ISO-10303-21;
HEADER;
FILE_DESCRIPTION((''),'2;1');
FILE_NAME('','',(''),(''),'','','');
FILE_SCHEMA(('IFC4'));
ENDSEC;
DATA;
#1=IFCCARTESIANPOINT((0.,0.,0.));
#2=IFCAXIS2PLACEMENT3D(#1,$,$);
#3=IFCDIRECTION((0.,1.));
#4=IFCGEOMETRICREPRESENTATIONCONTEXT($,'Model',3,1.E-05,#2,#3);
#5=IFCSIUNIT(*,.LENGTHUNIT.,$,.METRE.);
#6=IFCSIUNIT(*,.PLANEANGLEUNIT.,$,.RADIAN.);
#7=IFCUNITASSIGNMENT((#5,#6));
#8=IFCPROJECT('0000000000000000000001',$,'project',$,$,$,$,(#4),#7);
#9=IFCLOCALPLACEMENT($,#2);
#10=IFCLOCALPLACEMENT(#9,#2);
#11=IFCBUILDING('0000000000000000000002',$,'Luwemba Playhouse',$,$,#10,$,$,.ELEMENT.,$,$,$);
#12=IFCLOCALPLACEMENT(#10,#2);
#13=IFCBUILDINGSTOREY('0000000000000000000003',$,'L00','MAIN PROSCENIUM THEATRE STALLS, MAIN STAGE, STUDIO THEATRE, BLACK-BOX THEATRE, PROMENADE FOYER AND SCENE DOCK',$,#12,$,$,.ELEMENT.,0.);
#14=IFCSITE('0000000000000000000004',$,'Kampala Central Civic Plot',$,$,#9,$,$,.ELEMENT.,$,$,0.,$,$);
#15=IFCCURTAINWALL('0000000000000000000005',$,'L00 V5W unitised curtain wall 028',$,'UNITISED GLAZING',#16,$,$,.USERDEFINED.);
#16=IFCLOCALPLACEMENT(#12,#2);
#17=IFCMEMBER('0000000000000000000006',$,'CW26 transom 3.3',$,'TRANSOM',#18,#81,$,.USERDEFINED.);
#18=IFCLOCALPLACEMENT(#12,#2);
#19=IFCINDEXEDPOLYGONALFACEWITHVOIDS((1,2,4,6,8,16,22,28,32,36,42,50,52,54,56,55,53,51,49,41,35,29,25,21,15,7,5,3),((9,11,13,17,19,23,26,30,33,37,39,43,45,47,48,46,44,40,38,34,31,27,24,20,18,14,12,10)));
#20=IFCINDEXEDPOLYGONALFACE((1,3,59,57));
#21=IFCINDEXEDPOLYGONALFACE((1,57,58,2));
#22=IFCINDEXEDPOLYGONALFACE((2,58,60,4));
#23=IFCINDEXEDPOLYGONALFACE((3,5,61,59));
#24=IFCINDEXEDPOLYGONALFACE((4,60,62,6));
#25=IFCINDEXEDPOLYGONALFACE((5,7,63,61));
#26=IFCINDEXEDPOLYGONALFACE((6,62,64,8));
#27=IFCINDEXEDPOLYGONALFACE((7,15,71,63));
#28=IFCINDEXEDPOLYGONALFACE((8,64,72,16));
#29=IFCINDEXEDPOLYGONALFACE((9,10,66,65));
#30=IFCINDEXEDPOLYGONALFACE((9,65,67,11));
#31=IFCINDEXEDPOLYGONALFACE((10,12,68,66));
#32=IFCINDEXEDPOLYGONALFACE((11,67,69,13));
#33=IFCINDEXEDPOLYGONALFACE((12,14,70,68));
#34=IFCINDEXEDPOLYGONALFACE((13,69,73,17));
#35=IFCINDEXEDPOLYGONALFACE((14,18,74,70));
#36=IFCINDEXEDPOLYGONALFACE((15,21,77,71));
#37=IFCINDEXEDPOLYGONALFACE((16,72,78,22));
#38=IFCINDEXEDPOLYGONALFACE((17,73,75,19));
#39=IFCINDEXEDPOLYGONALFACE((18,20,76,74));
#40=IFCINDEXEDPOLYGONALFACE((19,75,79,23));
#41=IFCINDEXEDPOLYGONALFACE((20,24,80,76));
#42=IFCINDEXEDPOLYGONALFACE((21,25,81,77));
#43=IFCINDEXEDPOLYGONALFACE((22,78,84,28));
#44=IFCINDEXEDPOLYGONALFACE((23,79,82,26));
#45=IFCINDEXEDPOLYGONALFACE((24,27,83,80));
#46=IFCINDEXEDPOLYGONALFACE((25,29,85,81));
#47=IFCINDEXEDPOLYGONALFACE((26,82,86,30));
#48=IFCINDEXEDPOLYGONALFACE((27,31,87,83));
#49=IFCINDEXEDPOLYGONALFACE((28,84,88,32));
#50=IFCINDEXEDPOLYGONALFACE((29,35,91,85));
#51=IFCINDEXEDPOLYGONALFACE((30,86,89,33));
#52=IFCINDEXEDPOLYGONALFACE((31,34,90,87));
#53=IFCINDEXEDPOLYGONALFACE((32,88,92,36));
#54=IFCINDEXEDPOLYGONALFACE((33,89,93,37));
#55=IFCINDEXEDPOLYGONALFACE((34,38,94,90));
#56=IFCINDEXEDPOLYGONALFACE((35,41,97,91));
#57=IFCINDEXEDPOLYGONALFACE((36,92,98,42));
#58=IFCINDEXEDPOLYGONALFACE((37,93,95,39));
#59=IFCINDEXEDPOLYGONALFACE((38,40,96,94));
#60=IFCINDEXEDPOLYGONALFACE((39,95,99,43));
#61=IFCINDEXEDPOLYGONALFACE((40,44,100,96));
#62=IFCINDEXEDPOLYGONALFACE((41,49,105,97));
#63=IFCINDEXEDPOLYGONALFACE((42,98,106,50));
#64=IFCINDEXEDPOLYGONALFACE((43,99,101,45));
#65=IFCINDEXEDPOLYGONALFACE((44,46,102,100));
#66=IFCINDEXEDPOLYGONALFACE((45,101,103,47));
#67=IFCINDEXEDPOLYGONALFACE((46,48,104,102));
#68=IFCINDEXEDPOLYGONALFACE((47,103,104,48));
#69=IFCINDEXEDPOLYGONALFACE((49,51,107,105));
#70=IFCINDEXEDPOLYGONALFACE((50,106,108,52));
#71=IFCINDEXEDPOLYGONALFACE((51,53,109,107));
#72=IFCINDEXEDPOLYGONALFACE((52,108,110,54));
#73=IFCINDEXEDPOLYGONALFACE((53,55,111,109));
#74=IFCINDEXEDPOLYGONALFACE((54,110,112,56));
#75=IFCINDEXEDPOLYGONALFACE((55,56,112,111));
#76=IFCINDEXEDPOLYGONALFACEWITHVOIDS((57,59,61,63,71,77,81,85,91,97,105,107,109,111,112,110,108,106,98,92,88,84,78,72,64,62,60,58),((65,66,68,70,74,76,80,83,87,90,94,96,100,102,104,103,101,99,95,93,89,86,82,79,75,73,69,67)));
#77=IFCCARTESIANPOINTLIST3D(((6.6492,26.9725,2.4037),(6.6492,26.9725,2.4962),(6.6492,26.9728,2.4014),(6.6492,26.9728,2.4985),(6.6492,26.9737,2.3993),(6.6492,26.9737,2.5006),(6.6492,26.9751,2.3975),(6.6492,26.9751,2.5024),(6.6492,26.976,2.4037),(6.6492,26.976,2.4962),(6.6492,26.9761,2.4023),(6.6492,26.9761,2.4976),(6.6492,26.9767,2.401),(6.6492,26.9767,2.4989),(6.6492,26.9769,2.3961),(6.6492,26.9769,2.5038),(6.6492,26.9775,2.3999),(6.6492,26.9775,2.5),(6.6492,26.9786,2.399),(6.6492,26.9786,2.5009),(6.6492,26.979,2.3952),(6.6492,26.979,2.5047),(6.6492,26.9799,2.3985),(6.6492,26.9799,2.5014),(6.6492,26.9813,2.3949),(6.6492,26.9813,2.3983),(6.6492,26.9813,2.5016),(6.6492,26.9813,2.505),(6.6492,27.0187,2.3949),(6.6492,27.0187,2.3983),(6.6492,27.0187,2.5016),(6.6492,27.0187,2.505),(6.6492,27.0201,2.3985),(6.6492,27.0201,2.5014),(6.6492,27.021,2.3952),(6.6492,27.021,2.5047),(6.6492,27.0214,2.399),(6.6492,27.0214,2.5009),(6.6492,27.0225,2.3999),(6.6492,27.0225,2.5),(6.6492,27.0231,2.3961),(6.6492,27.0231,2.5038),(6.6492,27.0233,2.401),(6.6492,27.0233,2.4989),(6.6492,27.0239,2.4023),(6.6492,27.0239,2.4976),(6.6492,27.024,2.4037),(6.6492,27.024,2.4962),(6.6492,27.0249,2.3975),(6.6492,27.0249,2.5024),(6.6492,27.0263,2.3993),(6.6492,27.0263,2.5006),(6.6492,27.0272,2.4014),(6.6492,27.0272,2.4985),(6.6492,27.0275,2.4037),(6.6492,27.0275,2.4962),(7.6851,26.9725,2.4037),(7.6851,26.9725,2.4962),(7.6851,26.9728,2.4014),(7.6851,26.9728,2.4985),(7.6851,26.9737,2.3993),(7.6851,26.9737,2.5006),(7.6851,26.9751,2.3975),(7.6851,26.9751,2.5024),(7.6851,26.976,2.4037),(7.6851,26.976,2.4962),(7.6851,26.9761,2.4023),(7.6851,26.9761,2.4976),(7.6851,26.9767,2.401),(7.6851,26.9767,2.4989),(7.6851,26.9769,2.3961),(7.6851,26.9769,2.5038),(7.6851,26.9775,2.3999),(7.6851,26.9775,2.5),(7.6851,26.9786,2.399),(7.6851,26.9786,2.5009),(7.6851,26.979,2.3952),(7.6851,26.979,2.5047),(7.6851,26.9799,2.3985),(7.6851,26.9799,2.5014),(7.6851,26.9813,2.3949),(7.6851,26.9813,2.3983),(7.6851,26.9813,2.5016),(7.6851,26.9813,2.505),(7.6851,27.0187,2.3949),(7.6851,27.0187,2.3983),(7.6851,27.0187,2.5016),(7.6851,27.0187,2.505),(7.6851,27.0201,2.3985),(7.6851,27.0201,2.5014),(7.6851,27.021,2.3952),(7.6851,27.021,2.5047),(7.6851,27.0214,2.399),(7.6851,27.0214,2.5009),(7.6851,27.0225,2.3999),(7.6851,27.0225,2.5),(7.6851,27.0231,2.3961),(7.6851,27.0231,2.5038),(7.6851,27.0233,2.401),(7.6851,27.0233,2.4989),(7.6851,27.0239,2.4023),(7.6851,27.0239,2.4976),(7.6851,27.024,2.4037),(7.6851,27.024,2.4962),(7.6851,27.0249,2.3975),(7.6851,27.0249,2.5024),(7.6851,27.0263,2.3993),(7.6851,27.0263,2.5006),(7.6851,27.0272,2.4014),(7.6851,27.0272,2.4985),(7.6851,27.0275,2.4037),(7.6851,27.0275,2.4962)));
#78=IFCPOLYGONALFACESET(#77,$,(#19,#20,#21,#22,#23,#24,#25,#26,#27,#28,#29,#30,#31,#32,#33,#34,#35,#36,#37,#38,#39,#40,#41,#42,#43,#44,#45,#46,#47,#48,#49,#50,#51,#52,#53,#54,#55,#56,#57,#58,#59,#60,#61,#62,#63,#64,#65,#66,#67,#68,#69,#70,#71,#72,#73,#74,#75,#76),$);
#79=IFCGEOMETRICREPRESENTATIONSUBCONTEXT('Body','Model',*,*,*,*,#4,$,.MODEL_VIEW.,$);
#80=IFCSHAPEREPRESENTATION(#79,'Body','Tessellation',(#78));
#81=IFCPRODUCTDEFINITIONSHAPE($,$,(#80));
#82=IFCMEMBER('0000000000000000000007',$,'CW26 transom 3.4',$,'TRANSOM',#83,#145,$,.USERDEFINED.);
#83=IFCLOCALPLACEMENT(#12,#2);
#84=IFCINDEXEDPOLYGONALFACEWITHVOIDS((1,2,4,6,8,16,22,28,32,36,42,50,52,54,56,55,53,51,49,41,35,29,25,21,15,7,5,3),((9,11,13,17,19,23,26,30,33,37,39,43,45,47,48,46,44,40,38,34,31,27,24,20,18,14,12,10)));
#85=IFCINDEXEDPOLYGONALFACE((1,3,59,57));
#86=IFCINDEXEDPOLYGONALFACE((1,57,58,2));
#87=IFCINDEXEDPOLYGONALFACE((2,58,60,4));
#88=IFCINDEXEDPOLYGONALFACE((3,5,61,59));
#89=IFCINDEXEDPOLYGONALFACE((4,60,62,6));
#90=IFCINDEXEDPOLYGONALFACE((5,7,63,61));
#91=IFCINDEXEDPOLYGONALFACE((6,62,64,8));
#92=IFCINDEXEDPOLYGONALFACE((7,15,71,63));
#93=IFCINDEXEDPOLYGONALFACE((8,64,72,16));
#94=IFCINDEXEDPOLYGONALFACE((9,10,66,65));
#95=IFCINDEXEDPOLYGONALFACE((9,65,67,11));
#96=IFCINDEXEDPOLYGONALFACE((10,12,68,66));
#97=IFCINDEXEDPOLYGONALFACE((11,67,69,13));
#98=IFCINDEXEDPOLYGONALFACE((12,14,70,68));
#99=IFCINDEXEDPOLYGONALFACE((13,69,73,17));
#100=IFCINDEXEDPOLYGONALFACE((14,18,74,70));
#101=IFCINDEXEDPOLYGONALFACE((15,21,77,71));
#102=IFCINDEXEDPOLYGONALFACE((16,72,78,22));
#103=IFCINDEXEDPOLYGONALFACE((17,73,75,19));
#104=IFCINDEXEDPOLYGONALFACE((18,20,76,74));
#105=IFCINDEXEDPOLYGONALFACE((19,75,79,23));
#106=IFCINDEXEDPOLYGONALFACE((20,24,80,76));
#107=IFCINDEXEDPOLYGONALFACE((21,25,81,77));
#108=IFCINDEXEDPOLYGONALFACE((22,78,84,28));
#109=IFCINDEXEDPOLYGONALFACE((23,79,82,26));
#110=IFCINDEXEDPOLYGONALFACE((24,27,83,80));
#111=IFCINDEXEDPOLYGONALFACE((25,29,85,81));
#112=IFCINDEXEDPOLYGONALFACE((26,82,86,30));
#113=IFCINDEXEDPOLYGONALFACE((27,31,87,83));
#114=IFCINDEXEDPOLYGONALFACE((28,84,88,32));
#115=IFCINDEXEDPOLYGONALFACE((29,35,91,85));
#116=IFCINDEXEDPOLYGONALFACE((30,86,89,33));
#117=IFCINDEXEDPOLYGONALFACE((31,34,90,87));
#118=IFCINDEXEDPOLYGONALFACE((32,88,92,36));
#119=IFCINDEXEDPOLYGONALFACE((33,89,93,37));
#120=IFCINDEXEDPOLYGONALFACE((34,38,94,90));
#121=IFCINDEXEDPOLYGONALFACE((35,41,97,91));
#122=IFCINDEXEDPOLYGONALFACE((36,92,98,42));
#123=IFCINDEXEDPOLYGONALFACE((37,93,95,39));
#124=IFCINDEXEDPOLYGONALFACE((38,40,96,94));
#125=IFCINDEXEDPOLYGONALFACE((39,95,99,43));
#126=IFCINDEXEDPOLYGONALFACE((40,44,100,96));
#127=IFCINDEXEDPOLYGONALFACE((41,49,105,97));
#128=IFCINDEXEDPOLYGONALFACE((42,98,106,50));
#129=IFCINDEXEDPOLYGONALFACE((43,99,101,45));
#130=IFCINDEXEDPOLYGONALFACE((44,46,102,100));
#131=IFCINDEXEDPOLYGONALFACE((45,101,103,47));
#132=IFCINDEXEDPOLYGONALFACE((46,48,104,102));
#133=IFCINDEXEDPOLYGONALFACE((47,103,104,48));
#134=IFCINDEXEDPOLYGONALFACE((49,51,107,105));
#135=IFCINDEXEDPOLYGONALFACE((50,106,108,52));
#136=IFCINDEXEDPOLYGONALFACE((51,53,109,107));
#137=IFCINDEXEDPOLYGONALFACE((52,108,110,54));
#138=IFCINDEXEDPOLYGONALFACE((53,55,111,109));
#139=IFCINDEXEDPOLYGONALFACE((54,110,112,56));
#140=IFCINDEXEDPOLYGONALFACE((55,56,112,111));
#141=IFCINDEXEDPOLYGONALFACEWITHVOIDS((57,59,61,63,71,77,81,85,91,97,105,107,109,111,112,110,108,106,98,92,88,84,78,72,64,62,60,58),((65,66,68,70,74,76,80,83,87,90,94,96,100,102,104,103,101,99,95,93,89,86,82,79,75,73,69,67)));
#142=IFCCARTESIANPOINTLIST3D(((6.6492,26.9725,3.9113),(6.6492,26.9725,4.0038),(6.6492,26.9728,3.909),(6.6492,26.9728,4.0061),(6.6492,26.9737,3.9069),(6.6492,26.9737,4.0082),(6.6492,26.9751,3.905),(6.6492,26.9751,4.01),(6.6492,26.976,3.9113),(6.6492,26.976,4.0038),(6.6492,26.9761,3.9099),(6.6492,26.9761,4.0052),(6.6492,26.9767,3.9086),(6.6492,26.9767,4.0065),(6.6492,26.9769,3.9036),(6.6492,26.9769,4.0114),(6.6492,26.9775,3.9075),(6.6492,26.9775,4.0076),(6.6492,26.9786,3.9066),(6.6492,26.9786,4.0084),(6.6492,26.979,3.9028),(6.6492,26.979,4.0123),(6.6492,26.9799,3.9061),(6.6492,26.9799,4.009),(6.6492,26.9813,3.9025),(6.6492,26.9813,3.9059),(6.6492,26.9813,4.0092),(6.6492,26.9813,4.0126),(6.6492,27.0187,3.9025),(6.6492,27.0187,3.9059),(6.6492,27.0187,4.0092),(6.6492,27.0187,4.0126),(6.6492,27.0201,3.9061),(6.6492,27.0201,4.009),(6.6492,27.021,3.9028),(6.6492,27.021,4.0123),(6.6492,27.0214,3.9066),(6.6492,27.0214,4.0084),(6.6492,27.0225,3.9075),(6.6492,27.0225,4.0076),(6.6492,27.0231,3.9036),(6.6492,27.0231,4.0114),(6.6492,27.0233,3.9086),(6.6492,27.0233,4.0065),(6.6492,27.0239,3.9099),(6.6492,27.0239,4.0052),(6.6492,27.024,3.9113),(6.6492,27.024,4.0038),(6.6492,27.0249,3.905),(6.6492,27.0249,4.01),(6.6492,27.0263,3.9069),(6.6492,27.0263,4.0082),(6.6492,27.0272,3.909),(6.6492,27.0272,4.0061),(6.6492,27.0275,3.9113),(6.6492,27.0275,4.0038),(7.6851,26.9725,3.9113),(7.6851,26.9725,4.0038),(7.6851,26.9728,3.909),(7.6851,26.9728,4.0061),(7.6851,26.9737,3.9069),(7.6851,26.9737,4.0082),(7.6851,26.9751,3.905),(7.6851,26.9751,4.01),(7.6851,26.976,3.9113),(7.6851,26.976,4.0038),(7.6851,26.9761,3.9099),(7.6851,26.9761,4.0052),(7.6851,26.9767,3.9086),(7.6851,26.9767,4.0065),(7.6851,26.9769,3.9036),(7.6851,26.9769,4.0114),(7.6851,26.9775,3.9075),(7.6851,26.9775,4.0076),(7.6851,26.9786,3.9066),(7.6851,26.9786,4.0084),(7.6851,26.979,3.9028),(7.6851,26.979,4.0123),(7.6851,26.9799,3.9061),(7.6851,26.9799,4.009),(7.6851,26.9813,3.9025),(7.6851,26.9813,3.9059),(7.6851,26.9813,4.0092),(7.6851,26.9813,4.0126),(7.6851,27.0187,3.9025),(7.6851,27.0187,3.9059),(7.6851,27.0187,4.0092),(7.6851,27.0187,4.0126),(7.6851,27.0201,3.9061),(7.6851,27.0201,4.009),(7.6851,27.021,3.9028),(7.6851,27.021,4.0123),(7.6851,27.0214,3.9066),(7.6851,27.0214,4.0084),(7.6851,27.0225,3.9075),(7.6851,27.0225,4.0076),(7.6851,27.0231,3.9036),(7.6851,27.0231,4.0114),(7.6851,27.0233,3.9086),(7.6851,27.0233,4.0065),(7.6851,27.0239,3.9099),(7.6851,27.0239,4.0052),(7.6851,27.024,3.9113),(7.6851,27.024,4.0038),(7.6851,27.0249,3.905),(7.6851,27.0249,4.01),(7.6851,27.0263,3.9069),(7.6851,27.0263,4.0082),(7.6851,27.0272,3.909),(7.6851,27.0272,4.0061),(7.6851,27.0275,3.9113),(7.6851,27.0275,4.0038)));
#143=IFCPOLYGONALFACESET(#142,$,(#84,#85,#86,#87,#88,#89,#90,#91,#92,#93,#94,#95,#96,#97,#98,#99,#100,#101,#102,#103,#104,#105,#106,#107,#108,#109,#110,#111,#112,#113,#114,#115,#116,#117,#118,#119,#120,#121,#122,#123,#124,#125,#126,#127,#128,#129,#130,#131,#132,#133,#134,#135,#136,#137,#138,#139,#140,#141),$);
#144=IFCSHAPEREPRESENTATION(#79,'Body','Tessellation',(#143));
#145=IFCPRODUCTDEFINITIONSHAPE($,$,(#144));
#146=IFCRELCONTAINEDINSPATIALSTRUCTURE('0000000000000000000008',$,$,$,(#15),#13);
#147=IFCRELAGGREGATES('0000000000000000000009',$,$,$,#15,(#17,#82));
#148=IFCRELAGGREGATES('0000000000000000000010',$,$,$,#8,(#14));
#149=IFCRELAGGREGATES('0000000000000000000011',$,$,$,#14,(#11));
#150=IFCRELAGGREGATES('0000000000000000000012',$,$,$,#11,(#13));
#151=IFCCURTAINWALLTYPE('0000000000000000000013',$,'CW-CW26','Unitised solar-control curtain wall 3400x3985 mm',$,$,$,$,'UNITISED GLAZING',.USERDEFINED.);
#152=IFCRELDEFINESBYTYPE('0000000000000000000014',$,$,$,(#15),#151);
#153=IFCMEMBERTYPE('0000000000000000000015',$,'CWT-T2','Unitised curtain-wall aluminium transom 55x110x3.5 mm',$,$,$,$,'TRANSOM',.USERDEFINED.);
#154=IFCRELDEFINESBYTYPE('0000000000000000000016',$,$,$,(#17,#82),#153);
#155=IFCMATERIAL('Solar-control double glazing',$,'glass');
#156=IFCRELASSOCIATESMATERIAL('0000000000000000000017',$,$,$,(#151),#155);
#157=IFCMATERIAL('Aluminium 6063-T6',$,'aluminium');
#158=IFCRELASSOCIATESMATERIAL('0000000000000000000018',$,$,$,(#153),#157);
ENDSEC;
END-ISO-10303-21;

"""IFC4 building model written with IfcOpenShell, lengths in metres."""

from ifc_helpers import new_model, si_unit, direction, frame, origin, origin_2d, place, context, subcontext, project, spatial, hollow_rectangle, extrude, material, material_profile, profile_set, type_object, element, aggregate, save


model = new_model("IFC4")

# Units and contexts
model_context = context("Model", 3, precision=1e-05, world=origin(), true_north=direction((0.0, 1.0)))
body_context = subcontext(model_context, "Body", "Model", "MODEL_VIEW")
ifc_project = project(units=[si_unit("LENGTHUNIT", "METRE"), si_unit("PLANEANGLEUNIT", "RADIAN")], contexts=[model_context])

# Site, building, storey
site_placement = place(None, origin())
site = spatial("IfcSite", under=ifc_project, at=site_placement, Name="Kampala Central Civic Plot", CompositionType="ELEMENT", RefElevation=0.0)
building_placement = place(site_placement, origin())
building = spatial("IfcBuilding", under=site, at=building_placement, Name="Luwemba Playhouse", CompositionType="ELEMENT")
storey_placement = place(building_placement, origin())
storey = spatial("IfcBuildingStorey", under=building, at=storey_placement, Name="L00", Description="MAIN PROSCENIUM THEATRE STALLS, MAIN STAGE, STUDIO THEATRE, BLACK-BOX THEATRE, PROMENADE FOYER AND SCENE DOCK", CompositionType="ELEMENT", Elevation=0.0)

# Curtain wall
ifc_material_1 = material(Name="Solar-control double glazing", Category="glass")
curtain_wall_type_1 = type_object("IfcCurtainWallType", Name="CW-CW26", Description="Unitised solar-control curtain wall 3400x3985 mm", ElementType="UNITISED GLAZING", PredefinedType="USERDEFINED", material=ifc_material_1)
curtain_wall_1_placement = place(storey_placement, origin())
curtain_wall_1 = element("IfcCurtainWall", 1, at=curtain_wall_1_placement, inside=storey, type_object=curtain_wall_type_1, Name="L00 V5W unitised curtain wall 028", ObjectType="UNITISED GLAZING", PredefinedType="USERDEFINED")
ifc_material_2 = material(Name="Aluminium 6063-T6", Category="aluminium")

# Members
ifc_material_profile_1 = material_profile(ifc_material_2, hollow_rectangle(XDim=0.0549, YDim=0.1101, WallThickness=0.0034, InnerFilletRadius=0.0054, OuterFilletRadius=0.0088, at=origin_2d()))
ifc_profile_set_1 = profile_set([ifc_material_profile_1], Name="Aluminium 6063-T6")
member_type_1 = type_object("IfcMemberType", Name="CWT-T2", Description="Unitised curtain-wall aluminium transom 55x110x3.5 mm", ElementType="TRANSOM", PredefinedType="USERDEFINED", material=ifc_profile_set_1)
member_1_placement = place(storey_placement, frame((6.6492, 27.0, 2.45), z_axis=(1.0, 0.0, 0.0), x_axis=(0.0, 1.0, 0.0)))
member_1 = element("IfcMember", 2, at=member_1_placement, type_object=member_type_1, Name="CW26 transom 3.3", ObjectType="TRANSOM", PredefinedType="USERDEFINED", context=body_context, shape_type="SweptSolid", body=[
    extrude(hollow_rectangle(XDim=0.0549, YDim=0.1101, WallThickness=0.0034, InnerFilletRadius=0.0054, OuterFilletRadius=0.0088, at=origin_2d()), origin(), (0.0, 0.0, 1.0), 1.0359),
])
member_2_placement = place(storey_placement, frame((6.6492, 27.0, 3.9575), z_axis=(1.0, 0.0, 0.0), x_axis=(0.0, 1.0, 0.0)))
member_2 = element("IfcMember", 3, at=member_2_placement, type_object=member_type_1, Name="CW26 transom 3.4", ObjectType="TRANSOM", PredefinedType="USERDEFINED", context=body_context, shape_type="SweptSolid", body=[
    extrude(hollow_rectangle(XDim=0.0549, YDim=0.1101, WallThickness=0.0034, InnerFilletRadius=0.0054, OuterFilletRadius=0.0088, at=origin_2d()), origin(), (0.0, 0.0, 1.0), 1.0359),
])

aggregate(curtain_wall_1, [member_1, member_2])

save(model, "model.ifc")
